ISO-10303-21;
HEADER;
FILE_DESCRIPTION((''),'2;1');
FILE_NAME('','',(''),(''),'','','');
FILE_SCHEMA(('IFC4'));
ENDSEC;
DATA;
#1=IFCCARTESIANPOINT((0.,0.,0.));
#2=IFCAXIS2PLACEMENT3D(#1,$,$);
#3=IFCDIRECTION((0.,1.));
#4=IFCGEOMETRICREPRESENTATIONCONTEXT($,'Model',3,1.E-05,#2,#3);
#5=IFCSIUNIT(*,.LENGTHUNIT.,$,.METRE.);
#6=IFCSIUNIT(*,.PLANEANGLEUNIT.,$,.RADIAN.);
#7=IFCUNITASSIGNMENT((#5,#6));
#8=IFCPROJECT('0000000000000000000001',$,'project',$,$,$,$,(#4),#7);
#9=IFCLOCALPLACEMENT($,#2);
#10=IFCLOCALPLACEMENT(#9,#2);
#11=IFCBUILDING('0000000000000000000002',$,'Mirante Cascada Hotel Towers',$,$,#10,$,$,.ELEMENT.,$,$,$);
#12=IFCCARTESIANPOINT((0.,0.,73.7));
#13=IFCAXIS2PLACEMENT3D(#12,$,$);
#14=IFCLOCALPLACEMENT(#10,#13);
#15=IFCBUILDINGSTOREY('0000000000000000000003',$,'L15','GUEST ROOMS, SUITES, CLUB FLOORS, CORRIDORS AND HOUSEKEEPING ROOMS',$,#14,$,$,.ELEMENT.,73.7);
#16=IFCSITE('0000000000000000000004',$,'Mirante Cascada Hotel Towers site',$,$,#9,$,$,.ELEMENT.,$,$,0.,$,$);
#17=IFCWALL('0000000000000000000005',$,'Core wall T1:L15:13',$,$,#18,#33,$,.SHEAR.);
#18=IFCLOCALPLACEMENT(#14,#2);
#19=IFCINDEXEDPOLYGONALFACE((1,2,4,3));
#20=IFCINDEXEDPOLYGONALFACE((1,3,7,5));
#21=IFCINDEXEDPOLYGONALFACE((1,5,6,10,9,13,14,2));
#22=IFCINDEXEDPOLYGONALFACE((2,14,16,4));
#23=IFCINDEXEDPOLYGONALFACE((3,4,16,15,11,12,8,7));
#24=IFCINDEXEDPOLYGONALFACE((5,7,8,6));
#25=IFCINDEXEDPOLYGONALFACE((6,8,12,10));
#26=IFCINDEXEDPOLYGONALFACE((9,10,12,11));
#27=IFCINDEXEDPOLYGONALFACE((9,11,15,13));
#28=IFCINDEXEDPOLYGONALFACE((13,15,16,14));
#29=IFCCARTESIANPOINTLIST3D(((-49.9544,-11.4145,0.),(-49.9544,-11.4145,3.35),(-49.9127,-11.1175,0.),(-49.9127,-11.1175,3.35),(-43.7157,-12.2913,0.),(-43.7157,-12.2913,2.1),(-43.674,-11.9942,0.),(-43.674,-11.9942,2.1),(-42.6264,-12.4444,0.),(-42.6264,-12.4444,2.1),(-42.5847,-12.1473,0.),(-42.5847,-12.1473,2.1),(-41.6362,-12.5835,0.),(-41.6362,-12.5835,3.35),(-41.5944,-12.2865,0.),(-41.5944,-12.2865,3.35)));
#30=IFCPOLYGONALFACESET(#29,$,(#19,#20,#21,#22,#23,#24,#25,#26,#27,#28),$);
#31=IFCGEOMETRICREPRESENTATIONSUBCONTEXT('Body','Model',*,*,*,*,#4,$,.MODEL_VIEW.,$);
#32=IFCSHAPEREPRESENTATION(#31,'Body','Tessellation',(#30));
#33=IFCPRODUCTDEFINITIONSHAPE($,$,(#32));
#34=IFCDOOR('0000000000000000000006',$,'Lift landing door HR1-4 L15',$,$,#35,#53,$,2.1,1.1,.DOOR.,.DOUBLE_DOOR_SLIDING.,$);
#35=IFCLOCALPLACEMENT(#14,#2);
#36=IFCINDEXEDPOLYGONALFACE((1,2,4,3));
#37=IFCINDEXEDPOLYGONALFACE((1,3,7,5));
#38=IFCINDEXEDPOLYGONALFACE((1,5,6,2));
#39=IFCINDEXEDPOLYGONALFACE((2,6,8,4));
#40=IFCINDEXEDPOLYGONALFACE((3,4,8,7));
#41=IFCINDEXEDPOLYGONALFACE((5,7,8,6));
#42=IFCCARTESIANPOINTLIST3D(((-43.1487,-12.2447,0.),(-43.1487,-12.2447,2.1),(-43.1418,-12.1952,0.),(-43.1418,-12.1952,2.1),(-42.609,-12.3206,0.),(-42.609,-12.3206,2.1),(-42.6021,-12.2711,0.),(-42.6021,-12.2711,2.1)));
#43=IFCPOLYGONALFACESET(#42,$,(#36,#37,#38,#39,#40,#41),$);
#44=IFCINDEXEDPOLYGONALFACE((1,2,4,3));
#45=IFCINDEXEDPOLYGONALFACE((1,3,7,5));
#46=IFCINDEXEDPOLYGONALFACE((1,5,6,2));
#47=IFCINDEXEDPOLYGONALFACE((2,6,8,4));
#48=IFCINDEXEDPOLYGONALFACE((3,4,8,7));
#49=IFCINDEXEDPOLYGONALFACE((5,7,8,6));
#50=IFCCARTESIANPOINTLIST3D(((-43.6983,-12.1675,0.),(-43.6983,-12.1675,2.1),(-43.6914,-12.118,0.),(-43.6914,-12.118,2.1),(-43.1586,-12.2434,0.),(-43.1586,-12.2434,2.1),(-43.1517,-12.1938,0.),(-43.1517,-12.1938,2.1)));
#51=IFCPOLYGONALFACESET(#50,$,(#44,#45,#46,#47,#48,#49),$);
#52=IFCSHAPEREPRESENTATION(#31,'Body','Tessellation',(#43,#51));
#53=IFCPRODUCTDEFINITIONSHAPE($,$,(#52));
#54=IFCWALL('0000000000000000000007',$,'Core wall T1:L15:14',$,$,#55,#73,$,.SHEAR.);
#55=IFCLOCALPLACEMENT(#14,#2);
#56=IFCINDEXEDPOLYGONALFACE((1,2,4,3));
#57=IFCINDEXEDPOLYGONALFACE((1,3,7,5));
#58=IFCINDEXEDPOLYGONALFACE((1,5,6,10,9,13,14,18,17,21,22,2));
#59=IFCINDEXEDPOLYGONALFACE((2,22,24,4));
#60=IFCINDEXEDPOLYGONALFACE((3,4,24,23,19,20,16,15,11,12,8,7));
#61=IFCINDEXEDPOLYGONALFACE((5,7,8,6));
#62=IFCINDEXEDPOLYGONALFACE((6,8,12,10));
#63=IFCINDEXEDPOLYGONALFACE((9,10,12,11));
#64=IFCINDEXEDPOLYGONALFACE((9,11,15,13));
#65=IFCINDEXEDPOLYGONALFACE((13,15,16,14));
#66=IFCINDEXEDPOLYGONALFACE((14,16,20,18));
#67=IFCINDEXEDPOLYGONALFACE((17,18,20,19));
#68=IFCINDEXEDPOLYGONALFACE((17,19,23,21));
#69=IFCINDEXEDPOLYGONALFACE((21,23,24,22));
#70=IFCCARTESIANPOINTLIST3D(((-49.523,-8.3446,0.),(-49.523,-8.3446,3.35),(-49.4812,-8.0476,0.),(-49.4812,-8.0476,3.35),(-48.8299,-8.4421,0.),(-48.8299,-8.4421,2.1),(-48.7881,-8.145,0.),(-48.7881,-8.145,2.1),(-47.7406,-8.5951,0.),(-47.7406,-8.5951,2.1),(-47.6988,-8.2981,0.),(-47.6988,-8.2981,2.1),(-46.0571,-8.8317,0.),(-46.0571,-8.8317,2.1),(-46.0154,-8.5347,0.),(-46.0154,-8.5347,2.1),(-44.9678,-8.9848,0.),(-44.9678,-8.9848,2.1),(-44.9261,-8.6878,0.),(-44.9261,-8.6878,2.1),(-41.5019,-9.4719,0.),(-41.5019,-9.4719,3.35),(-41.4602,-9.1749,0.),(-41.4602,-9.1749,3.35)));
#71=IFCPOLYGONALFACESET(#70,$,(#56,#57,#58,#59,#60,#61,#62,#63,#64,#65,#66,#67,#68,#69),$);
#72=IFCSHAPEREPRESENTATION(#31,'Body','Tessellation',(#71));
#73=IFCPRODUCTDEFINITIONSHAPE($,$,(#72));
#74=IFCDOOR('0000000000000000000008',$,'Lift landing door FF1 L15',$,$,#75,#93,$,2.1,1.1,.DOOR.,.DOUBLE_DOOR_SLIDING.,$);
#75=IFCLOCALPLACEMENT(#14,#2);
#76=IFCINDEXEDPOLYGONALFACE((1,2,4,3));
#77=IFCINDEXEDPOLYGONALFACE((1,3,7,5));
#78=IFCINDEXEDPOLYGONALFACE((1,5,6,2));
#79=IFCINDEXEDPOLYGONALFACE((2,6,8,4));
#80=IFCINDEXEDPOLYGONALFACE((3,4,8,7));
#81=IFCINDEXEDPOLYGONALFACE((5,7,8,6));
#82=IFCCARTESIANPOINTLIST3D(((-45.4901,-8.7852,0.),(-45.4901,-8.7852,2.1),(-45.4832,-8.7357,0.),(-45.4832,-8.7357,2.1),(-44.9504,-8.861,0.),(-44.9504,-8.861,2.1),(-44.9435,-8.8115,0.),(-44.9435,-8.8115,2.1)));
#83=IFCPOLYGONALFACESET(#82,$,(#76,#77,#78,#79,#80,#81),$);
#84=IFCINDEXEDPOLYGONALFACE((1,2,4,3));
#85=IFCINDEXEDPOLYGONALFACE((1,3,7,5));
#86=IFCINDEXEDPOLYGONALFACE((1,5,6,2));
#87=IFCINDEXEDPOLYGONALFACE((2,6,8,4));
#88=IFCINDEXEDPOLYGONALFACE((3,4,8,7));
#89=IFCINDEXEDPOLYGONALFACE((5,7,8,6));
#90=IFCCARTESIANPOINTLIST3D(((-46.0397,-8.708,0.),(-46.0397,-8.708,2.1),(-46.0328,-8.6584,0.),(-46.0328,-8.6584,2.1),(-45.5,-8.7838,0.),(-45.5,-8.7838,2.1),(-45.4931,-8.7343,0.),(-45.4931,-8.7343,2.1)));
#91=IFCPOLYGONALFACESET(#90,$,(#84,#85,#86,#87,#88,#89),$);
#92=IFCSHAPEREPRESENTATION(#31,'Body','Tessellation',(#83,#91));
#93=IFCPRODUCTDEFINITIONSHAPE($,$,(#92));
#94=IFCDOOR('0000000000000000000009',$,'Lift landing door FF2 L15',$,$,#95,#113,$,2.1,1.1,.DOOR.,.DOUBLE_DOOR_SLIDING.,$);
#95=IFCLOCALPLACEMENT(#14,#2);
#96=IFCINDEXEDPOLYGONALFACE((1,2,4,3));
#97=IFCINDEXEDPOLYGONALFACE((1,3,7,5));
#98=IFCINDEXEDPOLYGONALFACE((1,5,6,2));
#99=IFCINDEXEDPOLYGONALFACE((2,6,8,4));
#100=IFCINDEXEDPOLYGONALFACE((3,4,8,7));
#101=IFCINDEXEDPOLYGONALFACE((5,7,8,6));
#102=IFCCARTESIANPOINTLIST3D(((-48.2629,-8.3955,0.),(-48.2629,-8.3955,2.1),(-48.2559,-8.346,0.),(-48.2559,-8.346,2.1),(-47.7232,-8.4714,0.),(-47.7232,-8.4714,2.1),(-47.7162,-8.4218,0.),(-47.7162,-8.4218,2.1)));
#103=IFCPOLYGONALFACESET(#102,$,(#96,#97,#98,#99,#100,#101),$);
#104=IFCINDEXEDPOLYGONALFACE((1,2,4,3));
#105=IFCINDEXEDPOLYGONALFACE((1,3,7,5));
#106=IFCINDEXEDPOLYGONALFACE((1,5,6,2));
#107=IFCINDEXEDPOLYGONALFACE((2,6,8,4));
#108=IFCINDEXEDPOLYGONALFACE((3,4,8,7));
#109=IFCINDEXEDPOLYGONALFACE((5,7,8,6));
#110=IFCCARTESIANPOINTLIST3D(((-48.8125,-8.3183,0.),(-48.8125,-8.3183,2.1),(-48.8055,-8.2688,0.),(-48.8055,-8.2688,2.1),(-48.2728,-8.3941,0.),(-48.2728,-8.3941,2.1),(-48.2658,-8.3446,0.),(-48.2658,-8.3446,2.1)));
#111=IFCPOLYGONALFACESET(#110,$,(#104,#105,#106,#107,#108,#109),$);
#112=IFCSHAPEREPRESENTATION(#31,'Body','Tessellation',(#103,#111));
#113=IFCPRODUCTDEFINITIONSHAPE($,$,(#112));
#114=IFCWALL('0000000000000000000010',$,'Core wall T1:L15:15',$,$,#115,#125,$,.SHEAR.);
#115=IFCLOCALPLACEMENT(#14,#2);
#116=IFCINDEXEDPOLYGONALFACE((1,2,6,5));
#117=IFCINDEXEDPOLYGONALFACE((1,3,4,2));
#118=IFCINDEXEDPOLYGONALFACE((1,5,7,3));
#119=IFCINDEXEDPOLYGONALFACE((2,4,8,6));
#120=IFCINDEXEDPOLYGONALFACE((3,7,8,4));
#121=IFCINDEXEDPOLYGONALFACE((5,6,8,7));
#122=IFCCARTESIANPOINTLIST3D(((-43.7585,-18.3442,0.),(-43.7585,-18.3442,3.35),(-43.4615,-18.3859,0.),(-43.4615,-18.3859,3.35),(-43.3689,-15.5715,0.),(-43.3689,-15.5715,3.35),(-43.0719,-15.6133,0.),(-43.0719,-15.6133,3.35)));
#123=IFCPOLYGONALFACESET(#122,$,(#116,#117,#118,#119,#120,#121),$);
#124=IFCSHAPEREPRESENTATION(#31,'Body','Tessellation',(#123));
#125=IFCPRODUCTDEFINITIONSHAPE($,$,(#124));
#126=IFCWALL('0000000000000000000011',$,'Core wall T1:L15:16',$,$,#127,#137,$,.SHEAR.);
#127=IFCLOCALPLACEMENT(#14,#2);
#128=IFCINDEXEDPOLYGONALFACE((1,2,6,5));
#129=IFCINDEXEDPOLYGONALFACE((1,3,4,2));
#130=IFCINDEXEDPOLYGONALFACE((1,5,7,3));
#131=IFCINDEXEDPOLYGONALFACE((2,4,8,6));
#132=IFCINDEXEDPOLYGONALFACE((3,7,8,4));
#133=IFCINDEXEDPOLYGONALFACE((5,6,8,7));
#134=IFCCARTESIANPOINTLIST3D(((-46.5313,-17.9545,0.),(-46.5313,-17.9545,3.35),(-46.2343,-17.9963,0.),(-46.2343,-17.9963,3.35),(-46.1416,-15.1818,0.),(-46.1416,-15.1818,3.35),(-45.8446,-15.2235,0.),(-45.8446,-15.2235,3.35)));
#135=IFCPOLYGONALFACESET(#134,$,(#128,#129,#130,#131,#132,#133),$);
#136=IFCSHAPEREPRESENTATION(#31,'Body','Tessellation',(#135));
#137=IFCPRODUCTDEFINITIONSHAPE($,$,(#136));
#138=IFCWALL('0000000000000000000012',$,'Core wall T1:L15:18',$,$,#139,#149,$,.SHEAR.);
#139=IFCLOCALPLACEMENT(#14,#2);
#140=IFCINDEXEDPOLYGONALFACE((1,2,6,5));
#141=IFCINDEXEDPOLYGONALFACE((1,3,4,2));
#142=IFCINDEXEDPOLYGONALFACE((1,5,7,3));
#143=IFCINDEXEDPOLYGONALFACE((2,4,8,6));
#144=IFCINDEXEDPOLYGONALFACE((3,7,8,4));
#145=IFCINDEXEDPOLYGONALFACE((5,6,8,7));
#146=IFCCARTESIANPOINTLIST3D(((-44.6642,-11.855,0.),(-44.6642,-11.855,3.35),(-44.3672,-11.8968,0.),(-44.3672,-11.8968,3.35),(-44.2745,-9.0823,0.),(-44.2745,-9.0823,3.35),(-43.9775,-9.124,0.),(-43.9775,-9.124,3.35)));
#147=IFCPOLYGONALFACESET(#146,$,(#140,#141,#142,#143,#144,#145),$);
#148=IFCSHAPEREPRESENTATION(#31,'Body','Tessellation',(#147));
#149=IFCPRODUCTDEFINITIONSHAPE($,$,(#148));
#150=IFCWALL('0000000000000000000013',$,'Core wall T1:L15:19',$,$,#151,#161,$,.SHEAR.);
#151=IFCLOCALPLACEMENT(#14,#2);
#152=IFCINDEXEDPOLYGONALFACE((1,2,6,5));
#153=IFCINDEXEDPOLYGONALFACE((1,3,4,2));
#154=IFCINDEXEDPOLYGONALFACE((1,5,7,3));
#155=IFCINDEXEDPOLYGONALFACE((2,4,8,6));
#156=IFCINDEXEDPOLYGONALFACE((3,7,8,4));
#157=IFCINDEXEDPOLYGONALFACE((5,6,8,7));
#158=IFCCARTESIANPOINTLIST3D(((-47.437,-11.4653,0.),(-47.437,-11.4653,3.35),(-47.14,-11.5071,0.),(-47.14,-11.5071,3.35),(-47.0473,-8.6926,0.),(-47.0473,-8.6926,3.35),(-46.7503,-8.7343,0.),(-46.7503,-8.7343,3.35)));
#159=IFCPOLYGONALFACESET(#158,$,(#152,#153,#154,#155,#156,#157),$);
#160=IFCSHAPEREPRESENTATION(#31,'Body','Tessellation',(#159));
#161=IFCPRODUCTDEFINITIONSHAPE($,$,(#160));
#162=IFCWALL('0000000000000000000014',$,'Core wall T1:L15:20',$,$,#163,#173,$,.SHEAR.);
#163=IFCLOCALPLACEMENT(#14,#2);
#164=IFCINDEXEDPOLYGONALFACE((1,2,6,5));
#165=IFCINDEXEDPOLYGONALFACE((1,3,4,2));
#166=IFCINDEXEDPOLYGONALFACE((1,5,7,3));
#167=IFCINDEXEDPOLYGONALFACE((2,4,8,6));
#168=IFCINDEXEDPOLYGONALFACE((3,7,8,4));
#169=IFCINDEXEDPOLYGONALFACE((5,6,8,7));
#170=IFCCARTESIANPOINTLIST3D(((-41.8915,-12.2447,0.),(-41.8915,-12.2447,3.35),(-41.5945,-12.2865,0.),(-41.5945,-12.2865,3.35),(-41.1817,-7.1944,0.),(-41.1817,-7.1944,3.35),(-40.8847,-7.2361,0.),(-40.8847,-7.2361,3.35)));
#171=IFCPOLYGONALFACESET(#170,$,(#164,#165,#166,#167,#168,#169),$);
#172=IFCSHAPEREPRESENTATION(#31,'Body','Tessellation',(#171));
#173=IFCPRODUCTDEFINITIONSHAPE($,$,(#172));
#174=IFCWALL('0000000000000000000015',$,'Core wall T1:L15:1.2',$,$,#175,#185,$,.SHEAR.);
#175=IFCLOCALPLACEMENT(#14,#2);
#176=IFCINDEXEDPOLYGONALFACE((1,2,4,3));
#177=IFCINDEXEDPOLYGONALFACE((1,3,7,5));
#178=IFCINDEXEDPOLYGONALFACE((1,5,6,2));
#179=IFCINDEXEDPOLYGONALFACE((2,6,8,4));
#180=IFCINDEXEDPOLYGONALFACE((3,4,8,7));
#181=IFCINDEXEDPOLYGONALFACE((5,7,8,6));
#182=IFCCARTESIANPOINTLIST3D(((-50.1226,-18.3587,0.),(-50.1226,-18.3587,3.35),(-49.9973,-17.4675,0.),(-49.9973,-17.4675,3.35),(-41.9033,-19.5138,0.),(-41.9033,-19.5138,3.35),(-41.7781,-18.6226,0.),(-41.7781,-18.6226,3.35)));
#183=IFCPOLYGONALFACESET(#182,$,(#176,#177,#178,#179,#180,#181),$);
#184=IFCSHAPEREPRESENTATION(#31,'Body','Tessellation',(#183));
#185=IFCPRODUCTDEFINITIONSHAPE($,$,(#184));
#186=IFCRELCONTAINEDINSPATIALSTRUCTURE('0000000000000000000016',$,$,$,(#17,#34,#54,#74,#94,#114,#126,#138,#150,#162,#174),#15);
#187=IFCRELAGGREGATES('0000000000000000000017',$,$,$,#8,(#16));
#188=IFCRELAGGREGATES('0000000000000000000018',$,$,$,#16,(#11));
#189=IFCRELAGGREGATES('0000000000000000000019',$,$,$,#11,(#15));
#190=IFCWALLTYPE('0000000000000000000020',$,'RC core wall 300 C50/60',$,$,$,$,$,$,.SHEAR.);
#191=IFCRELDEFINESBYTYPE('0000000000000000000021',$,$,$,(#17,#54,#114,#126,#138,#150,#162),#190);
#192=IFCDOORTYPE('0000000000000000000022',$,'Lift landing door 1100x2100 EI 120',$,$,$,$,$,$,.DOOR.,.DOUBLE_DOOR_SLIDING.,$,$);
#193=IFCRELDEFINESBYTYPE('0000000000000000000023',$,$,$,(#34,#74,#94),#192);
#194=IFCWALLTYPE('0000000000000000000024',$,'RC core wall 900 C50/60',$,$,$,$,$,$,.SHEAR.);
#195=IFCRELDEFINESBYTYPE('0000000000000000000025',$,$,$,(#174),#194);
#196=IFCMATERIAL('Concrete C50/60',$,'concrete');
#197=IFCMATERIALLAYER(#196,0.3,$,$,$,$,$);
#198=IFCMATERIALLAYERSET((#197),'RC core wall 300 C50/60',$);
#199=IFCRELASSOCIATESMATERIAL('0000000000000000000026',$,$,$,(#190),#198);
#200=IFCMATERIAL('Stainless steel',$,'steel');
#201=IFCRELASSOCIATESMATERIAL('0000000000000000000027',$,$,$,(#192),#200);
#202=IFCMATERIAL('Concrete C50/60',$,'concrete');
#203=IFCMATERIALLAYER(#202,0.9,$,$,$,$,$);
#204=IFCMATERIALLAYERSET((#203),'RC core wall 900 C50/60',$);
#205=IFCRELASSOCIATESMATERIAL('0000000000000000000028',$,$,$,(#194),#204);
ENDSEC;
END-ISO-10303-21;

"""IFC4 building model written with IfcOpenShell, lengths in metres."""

from ifc_helpers import new_model, si_unit, direction, frame, frame_2d, origin, place, context, subcontext, project, spatial, rectangle, extrude, material, layer, layer_set, type_object, element, fill, save


model = new_model("IFC4")

# Units and contexts
model_context = context("Model", 3, precision=1e-05, world=origin(), true_north=direction((0.0, 1.0)))
body_context = subcontext(model_context, "Body", "Model", "MODEL_VIEW")
ifc_project = project(units=[si_unit("LENGTHUNIT", "METRE"), si_unit("PLANEANGLEUNIT", "RADIAN")], contexts=[model_context])

# Site, building, storey
site_placement = place(None, origin())
site = spatial("IfcSite", under=ifc_project, at=site_placement, Name="Mirante Cascada Hotel Towers site", CompositionType="ELEMENT", RefElevation=0.0)
building_placement = place(site_placement, origin())
building = spatial("IfcBuilding", under=site, at=building_placement, Name="Mirante Cascada Hotel Towers", CompositionType="ELEMENT")
storey_placement = place(building_placement, frame((0.0, 0.0, 73.7)))
storey = spatial("IfcBuildingStorey", under=building, at=storey_placement, Name="L15", Description="GUEST ROOMS, SUITES, CLUB FLOORS, CORRIDORS AND HOUSEKEEPING ROOMS", CompositionType="ELEMENT", Elevation=73.7)

# Shared definitions
ifc_material_1 = material(Name="Concrete C50/60", Category="concrete")
ifc_layer_1 = layer(ifc_material_1, 0.3)
ifc_layer_set_1 = layer_set([ifc_layer_1], Name="RC core wall 300 C50/60")
wall_type_1 = type_object("IfcWallType", Name="RC core wall 300 C50/60", PredefinedType="SHEAR", material=ifc_layer_set_1)

# Shared definitions
ifc_material_2 = material(Name="Stainless steel", Category="steel")
door_type_1 = type_object("IfcDoorType", Name="Lift landing door 1100x2100 EI 120", OperationType="DOUBLE_DOOR_SLIDING", PredefinedType="DOOR", material=ifc_material_2)

# Wall, opening, door
wall_1_placement = place(storey_placement, frame((-41.6153, -12.435, 0.0), z_axis=(0.0, 0.0, 1.0), x_axis=(-0.990269, 0.139166, 0.0)))
wall_1 = element("IfcWall", 1, at=wall_1_placement, inside=storey, type_object=wall_type_1, Name="Core wall T1:L15:13", PredefinedType="SHEAR", context=body_context, shape_type="SweptSolid", body=[
    extrude(rectangle(XDim=8.4, YDim=0.3, at=frame_2d((4.2, 0.0))), origin(), (0.0, 0.0, 1.0), 3.35),
])
opening_1_placement = place(wall_1_placement, frame((1.0, 0.0, 0.0)))
opening_1 = element("IfcOpeningElement", 2, at=opening_1_placement, cuts=wall_1, PredefinedType="OPENING", context=body_context, shape_type="SweptSolid", body=[
    extrude(rectangle(XDim=1.1, YDim=2.1, at=frame_2d((0.55, 1.05))), frame((0.0, 0.15, 0.0), z_axis=(0.0, -1.0, 0.0), x_axis=(1.0, 0.0, 0.0)), (0.0, 0.0, 1.0), 0.3),
])
door_1_placement = place(opening_1_placement, origin())
door_1 = element("IfcDoor", 3, at=door_1_placement, inside=storey, type_object=door_type_1, Name="Lift landing door HR1-4 L15", OperationType="DOUBLE_DOOR_SLIDING", OverallHeight=2.1, OverallWidth=1.1, PredefinedType="DOOR", context=body_context, shape_type="SweptSolid", body=[
    extrude(rectangle(XDim=0.545, YDim=2.1, at=frame_2d((0.2725, 1.05))), frame((0.0, 0.025, 0.0), z_axis=(0.0, -1.0, 0.0), x_axis=(1.0, 0.0, 0.0)), (0.0, 0.0, 1.0), 0.05),
    extrude(rectangle(XDim=0.545, YDim=2.1, at=frame_2d((0.8275, 1.05))), frame((0.0, 0.025, 0.0), z_axis=(0.0, -1.0, 0.0), x_axis=(1.0, 0.0, 0.0)), (0.0, 0.0, 1.0), 0.05),
])
fill(opening_1, door_1)

# Wall, openings, doors
wall_2_placement = place(storey_placement, frame((-41.481, -9.3234, 0.0), z_axis=(0.0, 0.0, 1.0), x_axis=(-0.990268, 0.139174, 0.0)))
wall_2 = element("IfcWall", 4, at=wall_2_placement, inside=storey, type_object=wall_type_1, Name="Core wall T1:L15:14", PredefinedType="SHEAR", context=body_context, shape_type="SweptSolid", body=[
    extrude(rectangle(XDim=8.0999, YDim=0.3, at=frame_2d((4.05, 0.0))), origin(), (0.0, 0.0, 1.0), 3.35),
])
opening_2_placement = place(wall_2_placement, frame((3.5, 0.0, 0.0)))
opening_2 = element("IfcOpeningElement", 5, at=opening_2_placement, cuts=wall_2, PredefinedType="OPENING", context=body_context, shape_type="SweptSolid", body=[
    extrude(rectangle(XDim=1.1, YDim=2.1, at=frame_2d((0.55, 1.05))), frame((0.0, 0.15, 0.0), z_axis=(0.0, -1.0, 0.0), x_axis=(1.0, 0.0, 0.0)), (0.0, 0.0, 1.0), 0.3),
])
opening_3_placement = place(wall_2_placement, frame((6.3, 0.0, 0.0)))
opening_3 = element("IfcOpeningElement", 6, at=opening_3_placement, cuts=wall_2, PredefinedType="OPENING", context=body_context, shape_type="SweptSolid", body=[
    extrude(rectangle(XDim=1.1, YDim=2.1, at=frame_2d((0.55, 1.05))), frame((0.0, 0.15, 0.0), z_axis=(0.0, -1.0, 0.0), x_axis=(1.0, 0.0, 0.0)), (0.0, 0.0, 1.0), 0.3),
])
door_2_placement = place(opening_2_placement, origin())
door_2 = element("IfcDoor", 7, at=door_2_placement, inside=storey, type_object=door_type_1, Name="Lift landing door FF1 L15", OperationType="DOUBLE_DOOR_SLIDING", OverallHeight=2.1, OverallWidth=1.1, PredefinedType="DOOR", context=body_context, shape_type="SweptSolid", body=[
    extrude(rectangle(XDim=0.545, YDim=2.1, at=frame_2d((0.2725, 1.05))), frame((0.0, 0.025, 0.0), z_axis=(0.0, -1.0, 0.0), x_axis=(1.0, 0.0, 0.0)), (0.0, 0.0, 1.0), 0.05),
    extrude(rectangle(XDim=0.545, YDim=2.1, at=frame_2d((0.8275, 1.05))), frame((0.0, 0.025, 0.0), z_axis=(0.0, -1.0, 0.0), x_axis=(1.0, 0.0, 0.0)), (0.0, 0.0, 1.0), 0.05),
])
fill(opening_2, door_2)
door_3_placement = place(opening_3_placement, origin())
door_3 = element("IfcDoor", 8, at=door_3_placement, inside=storey, type_object=door_type_1, Name="Lift landing door FF2 L15", OperationType="DOUBLE_DOOR_SLIDING", OverallHeight=2.1, OverallWidth=1.1, PredefinedType="DOOR", context=body_context, shape_type="SweptSolid", body=[
    extrude(rectangle(XDim=0.545, YDim=2.1, at=frame_2d((0.2725, 1.05))), frame((0.0, 0.025, 0.0), z_axis=(0.0, -1.0, 0.0), x_axis=(1.0, 0.0, 0.0)), (0.0, 0.0, 1.0), 0.05),
    extrude(rectangle(XDim=0.545, YDim=2.1, at=frame_2d((0.8275, 1.05))), frame((0.0, 0.025, 0.0), z_axis=(0.0, -1.0, 0.0), x_axis=(1.0, 0.0, 0.0)), (0.0, 0.0, 1.0), 0.05),
])
fill(opening_3, door_3)

# Walls
wall_3_placement = place(storey_placement, frame((-43.61, -18.3651, 0.0), z_axis=(0.0, 0.0, 1.0), x_axis=(0.139146, 0.990272, 0.0)))
element("IfcWall", 9, at=wall_3_placement, inside=storey, type_object=wall_type_1, Name="Core wall T1:L15:15", PredefinedType="SHEAR", context=body_context, shape_type="SweptSolid", body=[
    extrude(rectangle(XDim=2.7999, YDim=0.3, at=frame_2d((1.4, 0.0))), origin(), (0.0, 0.0, 1.0), 3.35),
])
for number, where, z_axis, x_axis, name in (
    (10, (-46.3828, -17.9754, 0.0), (0.0, 0.0, 1.0), (0.139181, 0.990267, 0.0), "Core wall T1:L15:16"),
    (11, (-44.5157, -11.8759, 0.0), (0.0, 0.0, 1.0), (0.139181, 0.990267, 0.0), "Core wall T1:L15:18"),
    (12, (-47.2885, -11.4862, 0.0), (0.0, 0.0, 1.0), (0.139181, 0.990267, 0.0), "Core wall T1:L15:19"),
):
    element("IfcWall", number, at=place(storey_placement, frame(where, z_axis=z_axis, x_axis=x_axis)), inside=storey, type_object=wall_type_1, Name=name, PredefinedType="SHEAR", context=body_context, shape_type="SweptSolid", body=[
        extrude(rectangle(XDim=2.8, YDim=0.3, at=frame_2d((1.4, 0.0))), origin(), (0.0, 0.0, 1.0), 3.35),
    ])
wall_4_placement = place(storey_placement, frame((-41.743, -12.2656, 0.0), z_axis=(0.0, 0.0, 1.0), x_axis=(0.139176, 0.990268, 0.0)))
element("IfcWall", 13, at=wall_4_placement, inside=storey, type_object=wall_type_1, Name="Core wall T1:L15:20", PredefinedType="SHEAR", context=body_context, shape_type="SweptSolid", body=[
    extrude(rectangle(XDim=5.1, YDim=0.3, at=frame_2d((2.55, 0.0))), origin(), (0.0, 0.0, 1.0), 3.35),
])
ifc_material_3 = material(Name="Concrete C50/60", Category="concrete")
ifc_layer_2 = layer(ifc_material_3, 0.9)
ifc_layer_set_2 = layer_set([ifc_layer_2], Name="RC core wall 900 C50/60")
wall_type_2 = type_object("IfcWallType", Name="RC core wall 900 C50/60", PredefinedType="SHEAR", material=ifc_layer_set_2)
wall_5_placement = place(storey_placement, frame((-41.8407, -19.0682, 0.0), z_axis=(0.0, 0.0, 1.0), x_axis=(-0.990269, 0.139169, 0.0)))
element("IfcWall", 14, at=wall_5_placement, inside=storey, type_object=wall_type_2, Name="Core wall T1:L15:1.2", PredefinedType="SHEAR", context=body_context, shape_type="SweptSolid", body=[
    extrude(rectangle(XDim=8.3, YDim=0.9, at=frame_2d((4.15, 0.0))), origin(), (0.0, 0.0, 1.0), 3.35),
])

save(model, "model.ifc")
